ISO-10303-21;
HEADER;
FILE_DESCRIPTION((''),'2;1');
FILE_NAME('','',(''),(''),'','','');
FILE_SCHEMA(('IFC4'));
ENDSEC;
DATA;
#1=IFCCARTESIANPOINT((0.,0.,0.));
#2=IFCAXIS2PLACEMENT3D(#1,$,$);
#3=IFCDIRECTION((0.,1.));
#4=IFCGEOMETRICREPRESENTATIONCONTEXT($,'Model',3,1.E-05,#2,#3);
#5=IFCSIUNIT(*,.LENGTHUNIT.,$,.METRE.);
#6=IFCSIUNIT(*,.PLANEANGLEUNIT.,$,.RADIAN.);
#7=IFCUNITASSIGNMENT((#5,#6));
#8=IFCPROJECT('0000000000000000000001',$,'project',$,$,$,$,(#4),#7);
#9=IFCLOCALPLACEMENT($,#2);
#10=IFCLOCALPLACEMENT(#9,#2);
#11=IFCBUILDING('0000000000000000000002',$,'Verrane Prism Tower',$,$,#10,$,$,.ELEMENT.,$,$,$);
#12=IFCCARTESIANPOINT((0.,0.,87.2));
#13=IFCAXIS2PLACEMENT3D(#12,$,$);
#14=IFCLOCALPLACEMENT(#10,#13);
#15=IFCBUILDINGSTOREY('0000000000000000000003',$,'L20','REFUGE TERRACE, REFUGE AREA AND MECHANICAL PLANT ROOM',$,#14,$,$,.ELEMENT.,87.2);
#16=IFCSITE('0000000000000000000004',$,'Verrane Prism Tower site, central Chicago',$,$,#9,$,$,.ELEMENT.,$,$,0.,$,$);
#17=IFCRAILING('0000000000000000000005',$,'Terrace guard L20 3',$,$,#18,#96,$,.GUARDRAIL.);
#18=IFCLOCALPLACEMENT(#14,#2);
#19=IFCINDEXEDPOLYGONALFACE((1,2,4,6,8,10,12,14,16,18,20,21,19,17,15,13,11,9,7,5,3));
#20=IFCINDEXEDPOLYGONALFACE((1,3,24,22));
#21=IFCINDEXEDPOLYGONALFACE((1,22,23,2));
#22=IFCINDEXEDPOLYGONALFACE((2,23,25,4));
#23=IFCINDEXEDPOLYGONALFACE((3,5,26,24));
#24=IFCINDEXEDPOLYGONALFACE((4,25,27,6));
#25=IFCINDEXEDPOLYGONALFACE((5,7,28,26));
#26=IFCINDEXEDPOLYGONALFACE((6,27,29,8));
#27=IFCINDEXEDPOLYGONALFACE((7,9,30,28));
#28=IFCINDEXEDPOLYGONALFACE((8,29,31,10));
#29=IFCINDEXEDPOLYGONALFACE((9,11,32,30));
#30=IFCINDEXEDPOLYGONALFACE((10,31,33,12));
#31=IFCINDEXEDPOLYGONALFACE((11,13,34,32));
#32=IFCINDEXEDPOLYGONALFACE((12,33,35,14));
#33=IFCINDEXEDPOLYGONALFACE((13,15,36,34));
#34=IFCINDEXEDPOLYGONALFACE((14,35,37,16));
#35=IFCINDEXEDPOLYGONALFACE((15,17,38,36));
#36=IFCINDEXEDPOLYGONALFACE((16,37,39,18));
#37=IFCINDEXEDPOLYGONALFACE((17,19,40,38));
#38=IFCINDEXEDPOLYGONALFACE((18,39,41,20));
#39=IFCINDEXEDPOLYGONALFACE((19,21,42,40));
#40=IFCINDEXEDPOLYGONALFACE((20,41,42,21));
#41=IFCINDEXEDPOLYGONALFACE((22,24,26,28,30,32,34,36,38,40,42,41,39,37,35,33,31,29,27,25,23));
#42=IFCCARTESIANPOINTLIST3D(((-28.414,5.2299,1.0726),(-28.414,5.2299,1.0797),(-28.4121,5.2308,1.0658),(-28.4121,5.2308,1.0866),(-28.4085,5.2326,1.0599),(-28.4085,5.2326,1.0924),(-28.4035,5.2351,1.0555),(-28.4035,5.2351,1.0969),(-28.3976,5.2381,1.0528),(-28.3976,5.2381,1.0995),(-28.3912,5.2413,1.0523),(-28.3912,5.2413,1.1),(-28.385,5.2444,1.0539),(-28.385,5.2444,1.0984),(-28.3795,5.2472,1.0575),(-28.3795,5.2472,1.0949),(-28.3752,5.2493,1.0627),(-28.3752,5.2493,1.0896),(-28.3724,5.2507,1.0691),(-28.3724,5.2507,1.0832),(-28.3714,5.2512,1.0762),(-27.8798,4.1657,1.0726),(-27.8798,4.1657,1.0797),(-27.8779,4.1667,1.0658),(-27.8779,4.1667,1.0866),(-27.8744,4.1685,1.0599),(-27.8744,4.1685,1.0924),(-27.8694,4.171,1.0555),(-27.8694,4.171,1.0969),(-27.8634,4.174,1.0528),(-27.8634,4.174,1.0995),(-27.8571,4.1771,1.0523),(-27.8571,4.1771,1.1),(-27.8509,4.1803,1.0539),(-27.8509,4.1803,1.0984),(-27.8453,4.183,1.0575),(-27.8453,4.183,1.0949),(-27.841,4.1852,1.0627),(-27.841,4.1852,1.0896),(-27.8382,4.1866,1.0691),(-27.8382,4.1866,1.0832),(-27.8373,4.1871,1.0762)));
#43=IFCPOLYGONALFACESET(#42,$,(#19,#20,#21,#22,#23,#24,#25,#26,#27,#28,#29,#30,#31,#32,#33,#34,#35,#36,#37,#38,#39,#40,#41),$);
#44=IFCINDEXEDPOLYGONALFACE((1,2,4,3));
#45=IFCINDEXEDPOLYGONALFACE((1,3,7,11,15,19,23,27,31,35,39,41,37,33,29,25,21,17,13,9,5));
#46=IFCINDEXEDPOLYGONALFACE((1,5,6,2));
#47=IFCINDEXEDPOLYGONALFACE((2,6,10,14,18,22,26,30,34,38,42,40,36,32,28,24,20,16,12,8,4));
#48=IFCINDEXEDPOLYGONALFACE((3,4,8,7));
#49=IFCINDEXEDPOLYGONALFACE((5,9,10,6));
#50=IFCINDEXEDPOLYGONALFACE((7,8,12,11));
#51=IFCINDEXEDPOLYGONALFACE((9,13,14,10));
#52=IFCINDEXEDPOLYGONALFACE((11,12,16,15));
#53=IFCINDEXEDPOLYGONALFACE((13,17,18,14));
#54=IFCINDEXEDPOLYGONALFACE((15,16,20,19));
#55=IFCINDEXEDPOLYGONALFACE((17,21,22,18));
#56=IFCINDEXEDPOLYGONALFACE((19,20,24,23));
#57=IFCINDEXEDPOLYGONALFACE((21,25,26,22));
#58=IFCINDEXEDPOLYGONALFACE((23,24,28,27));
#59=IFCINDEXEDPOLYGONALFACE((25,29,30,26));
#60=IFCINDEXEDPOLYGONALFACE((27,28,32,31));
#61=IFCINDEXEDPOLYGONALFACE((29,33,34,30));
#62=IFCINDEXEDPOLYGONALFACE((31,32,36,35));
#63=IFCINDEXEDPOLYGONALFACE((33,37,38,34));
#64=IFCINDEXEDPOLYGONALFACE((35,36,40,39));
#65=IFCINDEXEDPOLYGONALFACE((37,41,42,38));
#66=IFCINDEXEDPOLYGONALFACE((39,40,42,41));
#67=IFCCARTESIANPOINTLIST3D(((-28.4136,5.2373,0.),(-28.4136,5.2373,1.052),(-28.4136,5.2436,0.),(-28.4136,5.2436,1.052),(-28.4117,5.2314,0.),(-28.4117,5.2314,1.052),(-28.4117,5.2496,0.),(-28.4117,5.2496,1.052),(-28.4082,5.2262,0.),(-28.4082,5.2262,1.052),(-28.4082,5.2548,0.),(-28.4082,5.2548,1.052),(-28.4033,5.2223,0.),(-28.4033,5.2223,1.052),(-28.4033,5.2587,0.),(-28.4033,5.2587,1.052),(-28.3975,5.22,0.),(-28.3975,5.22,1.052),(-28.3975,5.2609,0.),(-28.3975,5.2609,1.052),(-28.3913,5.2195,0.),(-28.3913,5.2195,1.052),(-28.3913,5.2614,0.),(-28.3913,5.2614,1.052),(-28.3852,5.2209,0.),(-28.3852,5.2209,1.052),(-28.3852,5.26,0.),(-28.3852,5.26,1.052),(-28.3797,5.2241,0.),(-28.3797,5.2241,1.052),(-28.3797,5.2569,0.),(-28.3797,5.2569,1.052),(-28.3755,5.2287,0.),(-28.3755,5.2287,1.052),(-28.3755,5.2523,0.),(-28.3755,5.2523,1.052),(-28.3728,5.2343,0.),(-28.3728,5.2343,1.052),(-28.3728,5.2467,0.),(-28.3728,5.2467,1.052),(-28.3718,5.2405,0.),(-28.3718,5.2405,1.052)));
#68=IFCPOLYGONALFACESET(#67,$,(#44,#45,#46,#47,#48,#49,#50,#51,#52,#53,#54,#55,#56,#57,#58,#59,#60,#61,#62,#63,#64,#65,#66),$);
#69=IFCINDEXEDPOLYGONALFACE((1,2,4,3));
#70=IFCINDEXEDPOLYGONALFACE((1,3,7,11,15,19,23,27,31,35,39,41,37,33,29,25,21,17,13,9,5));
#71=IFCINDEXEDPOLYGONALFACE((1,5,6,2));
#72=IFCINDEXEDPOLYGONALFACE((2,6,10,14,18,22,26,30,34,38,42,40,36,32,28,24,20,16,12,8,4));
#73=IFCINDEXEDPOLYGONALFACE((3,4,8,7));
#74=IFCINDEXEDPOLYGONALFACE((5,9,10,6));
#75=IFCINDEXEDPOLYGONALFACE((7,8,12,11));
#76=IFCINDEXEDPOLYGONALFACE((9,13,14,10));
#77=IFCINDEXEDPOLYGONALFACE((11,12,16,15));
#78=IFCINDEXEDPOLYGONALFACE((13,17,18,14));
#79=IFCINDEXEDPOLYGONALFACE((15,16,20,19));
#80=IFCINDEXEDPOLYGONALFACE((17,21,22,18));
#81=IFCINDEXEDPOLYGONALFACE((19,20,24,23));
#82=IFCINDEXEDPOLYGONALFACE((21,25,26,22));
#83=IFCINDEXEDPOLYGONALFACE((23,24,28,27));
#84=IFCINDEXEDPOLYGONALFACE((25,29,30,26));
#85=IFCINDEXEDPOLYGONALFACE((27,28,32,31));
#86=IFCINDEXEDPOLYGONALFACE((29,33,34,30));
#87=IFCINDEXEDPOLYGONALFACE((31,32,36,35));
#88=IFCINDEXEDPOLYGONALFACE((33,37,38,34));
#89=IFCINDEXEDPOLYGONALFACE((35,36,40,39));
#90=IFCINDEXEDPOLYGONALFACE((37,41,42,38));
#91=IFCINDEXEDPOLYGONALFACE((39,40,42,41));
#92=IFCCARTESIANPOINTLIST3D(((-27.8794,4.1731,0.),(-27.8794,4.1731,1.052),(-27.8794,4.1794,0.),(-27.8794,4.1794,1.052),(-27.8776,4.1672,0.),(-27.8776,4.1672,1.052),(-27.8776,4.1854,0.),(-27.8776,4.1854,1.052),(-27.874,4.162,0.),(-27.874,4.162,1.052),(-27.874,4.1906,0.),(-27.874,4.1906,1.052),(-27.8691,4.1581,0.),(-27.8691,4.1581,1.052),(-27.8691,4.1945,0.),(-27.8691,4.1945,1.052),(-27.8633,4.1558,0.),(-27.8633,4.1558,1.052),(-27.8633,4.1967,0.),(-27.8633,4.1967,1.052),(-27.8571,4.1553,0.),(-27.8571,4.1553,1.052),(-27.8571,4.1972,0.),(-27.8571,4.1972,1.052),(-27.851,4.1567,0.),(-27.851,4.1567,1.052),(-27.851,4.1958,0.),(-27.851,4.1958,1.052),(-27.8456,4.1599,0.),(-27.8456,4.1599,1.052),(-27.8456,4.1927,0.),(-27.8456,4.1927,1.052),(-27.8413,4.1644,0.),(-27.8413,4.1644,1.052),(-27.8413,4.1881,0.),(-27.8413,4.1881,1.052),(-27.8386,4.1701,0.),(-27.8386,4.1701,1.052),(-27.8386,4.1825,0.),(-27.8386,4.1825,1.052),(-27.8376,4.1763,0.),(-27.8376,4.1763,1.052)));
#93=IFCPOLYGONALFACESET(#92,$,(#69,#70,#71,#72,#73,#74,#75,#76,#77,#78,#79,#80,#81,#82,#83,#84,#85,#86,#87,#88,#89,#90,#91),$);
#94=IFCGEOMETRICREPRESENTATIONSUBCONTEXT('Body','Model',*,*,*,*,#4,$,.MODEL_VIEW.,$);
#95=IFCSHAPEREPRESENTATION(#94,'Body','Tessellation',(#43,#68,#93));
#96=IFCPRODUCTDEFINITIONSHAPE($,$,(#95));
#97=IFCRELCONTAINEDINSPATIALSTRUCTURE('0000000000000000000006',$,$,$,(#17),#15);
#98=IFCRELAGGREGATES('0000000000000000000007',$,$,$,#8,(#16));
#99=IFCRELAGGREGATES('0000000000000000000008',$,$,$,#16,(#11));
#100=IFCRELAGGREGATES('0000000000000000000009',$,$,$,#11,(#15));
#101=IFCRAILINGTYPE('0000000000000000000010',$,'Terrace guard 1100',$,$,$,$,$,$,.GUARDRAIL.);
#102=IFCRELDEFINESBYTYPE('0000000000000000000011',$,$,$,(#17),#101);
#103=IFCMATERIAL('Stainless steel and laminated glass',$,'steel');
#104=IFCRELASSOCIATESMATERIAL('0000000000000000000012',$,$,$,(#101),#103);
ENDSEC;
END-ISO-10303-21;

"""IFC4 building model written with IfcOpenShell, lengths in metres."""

from ifc_helpers import new_model, si_unit, direction, frame, origin, origin_2d, place, context, subcontext, project, spatial, circle, extrude, material, type_object, element, save


model = new_model("IFC4")

# Units and contexts
model_context = context("Model", 3, precision=1e-05, world=origin(), true_north=direction((0.0, 1.0)))
body_context = subcontext(model_context, "Body", "Model", "MODEL_VIEW")
ifc_project = project(units=[si_unit("LENGTHUNIT", "METRE"), si_unit("PLANEANGLEUNIT", "RADIAN")], contexts=[model_context])

# Site, building, storey
site_placement = place(None, origin())
site = spatial("IfcSite", under=ifc_project, at=site_placement, Name="Verrane Prism Tower site, central Chicago", CompositionType="ELEMENT", RefElevation=0.0)
building_placement = place(site_placement, origin())
building = spatial("IfcBuilding", under=site, at=building_placement, Name="Verrane Prism Tower", CompositionType="ELEMENT")
storey_placement = place(building_placement, frame((0.0, 0.0, 87.2)))
storey = spatial("IfcBuildingStorey", under=building, at=storey_placement, Name="L20", Description="REFUGE TERRACE, REFUGE AREA AND MECHANICAL PLANT ROOM", CompositionType="ELEMENT", Elevation=87.2)

# Railing
ifc_material_1 = material(Name="Stainless steel and laminated glass", Category="steel")
railing_type = type_object("IfcRailingType", Name="Terrace guard 1100", PredefinedType="GUARDRAIL", material=ifc_material_1)
railing_placement = place(storey_placement, frame((-28.3928, 5.2405, 0.0)))
element("IfcRailing", 1, at=railing_placement, inside=storey, type_object=railing_type, Name="Terrace guard L20 3", PredefinedType="GUARDRAIL", context=body_context, shape_type="SweptSolid", body=[
    extrude(circle(Radius=0.0239, at=origin_2d()), frame((0.0, 0.0, 1.0762), z_axis=(0.448607, -0.893729, 0.0), x_axis=(0.893729, 0.448607, 0.0)), (0.0, 0.0, 1.0), 1.1907),
    extrude(circle(Radius=0.021, at=origin_2d()), origin(), (0.0, 0.0, 1.0), 1.052),
    extrude(circle(Radius=0.021, at=origin_2d()), frame((0.5342, -1.0642, 0.0)), (0.0, 0.0, 1.0), 1.052),
])

save(model, "model.ifc")
